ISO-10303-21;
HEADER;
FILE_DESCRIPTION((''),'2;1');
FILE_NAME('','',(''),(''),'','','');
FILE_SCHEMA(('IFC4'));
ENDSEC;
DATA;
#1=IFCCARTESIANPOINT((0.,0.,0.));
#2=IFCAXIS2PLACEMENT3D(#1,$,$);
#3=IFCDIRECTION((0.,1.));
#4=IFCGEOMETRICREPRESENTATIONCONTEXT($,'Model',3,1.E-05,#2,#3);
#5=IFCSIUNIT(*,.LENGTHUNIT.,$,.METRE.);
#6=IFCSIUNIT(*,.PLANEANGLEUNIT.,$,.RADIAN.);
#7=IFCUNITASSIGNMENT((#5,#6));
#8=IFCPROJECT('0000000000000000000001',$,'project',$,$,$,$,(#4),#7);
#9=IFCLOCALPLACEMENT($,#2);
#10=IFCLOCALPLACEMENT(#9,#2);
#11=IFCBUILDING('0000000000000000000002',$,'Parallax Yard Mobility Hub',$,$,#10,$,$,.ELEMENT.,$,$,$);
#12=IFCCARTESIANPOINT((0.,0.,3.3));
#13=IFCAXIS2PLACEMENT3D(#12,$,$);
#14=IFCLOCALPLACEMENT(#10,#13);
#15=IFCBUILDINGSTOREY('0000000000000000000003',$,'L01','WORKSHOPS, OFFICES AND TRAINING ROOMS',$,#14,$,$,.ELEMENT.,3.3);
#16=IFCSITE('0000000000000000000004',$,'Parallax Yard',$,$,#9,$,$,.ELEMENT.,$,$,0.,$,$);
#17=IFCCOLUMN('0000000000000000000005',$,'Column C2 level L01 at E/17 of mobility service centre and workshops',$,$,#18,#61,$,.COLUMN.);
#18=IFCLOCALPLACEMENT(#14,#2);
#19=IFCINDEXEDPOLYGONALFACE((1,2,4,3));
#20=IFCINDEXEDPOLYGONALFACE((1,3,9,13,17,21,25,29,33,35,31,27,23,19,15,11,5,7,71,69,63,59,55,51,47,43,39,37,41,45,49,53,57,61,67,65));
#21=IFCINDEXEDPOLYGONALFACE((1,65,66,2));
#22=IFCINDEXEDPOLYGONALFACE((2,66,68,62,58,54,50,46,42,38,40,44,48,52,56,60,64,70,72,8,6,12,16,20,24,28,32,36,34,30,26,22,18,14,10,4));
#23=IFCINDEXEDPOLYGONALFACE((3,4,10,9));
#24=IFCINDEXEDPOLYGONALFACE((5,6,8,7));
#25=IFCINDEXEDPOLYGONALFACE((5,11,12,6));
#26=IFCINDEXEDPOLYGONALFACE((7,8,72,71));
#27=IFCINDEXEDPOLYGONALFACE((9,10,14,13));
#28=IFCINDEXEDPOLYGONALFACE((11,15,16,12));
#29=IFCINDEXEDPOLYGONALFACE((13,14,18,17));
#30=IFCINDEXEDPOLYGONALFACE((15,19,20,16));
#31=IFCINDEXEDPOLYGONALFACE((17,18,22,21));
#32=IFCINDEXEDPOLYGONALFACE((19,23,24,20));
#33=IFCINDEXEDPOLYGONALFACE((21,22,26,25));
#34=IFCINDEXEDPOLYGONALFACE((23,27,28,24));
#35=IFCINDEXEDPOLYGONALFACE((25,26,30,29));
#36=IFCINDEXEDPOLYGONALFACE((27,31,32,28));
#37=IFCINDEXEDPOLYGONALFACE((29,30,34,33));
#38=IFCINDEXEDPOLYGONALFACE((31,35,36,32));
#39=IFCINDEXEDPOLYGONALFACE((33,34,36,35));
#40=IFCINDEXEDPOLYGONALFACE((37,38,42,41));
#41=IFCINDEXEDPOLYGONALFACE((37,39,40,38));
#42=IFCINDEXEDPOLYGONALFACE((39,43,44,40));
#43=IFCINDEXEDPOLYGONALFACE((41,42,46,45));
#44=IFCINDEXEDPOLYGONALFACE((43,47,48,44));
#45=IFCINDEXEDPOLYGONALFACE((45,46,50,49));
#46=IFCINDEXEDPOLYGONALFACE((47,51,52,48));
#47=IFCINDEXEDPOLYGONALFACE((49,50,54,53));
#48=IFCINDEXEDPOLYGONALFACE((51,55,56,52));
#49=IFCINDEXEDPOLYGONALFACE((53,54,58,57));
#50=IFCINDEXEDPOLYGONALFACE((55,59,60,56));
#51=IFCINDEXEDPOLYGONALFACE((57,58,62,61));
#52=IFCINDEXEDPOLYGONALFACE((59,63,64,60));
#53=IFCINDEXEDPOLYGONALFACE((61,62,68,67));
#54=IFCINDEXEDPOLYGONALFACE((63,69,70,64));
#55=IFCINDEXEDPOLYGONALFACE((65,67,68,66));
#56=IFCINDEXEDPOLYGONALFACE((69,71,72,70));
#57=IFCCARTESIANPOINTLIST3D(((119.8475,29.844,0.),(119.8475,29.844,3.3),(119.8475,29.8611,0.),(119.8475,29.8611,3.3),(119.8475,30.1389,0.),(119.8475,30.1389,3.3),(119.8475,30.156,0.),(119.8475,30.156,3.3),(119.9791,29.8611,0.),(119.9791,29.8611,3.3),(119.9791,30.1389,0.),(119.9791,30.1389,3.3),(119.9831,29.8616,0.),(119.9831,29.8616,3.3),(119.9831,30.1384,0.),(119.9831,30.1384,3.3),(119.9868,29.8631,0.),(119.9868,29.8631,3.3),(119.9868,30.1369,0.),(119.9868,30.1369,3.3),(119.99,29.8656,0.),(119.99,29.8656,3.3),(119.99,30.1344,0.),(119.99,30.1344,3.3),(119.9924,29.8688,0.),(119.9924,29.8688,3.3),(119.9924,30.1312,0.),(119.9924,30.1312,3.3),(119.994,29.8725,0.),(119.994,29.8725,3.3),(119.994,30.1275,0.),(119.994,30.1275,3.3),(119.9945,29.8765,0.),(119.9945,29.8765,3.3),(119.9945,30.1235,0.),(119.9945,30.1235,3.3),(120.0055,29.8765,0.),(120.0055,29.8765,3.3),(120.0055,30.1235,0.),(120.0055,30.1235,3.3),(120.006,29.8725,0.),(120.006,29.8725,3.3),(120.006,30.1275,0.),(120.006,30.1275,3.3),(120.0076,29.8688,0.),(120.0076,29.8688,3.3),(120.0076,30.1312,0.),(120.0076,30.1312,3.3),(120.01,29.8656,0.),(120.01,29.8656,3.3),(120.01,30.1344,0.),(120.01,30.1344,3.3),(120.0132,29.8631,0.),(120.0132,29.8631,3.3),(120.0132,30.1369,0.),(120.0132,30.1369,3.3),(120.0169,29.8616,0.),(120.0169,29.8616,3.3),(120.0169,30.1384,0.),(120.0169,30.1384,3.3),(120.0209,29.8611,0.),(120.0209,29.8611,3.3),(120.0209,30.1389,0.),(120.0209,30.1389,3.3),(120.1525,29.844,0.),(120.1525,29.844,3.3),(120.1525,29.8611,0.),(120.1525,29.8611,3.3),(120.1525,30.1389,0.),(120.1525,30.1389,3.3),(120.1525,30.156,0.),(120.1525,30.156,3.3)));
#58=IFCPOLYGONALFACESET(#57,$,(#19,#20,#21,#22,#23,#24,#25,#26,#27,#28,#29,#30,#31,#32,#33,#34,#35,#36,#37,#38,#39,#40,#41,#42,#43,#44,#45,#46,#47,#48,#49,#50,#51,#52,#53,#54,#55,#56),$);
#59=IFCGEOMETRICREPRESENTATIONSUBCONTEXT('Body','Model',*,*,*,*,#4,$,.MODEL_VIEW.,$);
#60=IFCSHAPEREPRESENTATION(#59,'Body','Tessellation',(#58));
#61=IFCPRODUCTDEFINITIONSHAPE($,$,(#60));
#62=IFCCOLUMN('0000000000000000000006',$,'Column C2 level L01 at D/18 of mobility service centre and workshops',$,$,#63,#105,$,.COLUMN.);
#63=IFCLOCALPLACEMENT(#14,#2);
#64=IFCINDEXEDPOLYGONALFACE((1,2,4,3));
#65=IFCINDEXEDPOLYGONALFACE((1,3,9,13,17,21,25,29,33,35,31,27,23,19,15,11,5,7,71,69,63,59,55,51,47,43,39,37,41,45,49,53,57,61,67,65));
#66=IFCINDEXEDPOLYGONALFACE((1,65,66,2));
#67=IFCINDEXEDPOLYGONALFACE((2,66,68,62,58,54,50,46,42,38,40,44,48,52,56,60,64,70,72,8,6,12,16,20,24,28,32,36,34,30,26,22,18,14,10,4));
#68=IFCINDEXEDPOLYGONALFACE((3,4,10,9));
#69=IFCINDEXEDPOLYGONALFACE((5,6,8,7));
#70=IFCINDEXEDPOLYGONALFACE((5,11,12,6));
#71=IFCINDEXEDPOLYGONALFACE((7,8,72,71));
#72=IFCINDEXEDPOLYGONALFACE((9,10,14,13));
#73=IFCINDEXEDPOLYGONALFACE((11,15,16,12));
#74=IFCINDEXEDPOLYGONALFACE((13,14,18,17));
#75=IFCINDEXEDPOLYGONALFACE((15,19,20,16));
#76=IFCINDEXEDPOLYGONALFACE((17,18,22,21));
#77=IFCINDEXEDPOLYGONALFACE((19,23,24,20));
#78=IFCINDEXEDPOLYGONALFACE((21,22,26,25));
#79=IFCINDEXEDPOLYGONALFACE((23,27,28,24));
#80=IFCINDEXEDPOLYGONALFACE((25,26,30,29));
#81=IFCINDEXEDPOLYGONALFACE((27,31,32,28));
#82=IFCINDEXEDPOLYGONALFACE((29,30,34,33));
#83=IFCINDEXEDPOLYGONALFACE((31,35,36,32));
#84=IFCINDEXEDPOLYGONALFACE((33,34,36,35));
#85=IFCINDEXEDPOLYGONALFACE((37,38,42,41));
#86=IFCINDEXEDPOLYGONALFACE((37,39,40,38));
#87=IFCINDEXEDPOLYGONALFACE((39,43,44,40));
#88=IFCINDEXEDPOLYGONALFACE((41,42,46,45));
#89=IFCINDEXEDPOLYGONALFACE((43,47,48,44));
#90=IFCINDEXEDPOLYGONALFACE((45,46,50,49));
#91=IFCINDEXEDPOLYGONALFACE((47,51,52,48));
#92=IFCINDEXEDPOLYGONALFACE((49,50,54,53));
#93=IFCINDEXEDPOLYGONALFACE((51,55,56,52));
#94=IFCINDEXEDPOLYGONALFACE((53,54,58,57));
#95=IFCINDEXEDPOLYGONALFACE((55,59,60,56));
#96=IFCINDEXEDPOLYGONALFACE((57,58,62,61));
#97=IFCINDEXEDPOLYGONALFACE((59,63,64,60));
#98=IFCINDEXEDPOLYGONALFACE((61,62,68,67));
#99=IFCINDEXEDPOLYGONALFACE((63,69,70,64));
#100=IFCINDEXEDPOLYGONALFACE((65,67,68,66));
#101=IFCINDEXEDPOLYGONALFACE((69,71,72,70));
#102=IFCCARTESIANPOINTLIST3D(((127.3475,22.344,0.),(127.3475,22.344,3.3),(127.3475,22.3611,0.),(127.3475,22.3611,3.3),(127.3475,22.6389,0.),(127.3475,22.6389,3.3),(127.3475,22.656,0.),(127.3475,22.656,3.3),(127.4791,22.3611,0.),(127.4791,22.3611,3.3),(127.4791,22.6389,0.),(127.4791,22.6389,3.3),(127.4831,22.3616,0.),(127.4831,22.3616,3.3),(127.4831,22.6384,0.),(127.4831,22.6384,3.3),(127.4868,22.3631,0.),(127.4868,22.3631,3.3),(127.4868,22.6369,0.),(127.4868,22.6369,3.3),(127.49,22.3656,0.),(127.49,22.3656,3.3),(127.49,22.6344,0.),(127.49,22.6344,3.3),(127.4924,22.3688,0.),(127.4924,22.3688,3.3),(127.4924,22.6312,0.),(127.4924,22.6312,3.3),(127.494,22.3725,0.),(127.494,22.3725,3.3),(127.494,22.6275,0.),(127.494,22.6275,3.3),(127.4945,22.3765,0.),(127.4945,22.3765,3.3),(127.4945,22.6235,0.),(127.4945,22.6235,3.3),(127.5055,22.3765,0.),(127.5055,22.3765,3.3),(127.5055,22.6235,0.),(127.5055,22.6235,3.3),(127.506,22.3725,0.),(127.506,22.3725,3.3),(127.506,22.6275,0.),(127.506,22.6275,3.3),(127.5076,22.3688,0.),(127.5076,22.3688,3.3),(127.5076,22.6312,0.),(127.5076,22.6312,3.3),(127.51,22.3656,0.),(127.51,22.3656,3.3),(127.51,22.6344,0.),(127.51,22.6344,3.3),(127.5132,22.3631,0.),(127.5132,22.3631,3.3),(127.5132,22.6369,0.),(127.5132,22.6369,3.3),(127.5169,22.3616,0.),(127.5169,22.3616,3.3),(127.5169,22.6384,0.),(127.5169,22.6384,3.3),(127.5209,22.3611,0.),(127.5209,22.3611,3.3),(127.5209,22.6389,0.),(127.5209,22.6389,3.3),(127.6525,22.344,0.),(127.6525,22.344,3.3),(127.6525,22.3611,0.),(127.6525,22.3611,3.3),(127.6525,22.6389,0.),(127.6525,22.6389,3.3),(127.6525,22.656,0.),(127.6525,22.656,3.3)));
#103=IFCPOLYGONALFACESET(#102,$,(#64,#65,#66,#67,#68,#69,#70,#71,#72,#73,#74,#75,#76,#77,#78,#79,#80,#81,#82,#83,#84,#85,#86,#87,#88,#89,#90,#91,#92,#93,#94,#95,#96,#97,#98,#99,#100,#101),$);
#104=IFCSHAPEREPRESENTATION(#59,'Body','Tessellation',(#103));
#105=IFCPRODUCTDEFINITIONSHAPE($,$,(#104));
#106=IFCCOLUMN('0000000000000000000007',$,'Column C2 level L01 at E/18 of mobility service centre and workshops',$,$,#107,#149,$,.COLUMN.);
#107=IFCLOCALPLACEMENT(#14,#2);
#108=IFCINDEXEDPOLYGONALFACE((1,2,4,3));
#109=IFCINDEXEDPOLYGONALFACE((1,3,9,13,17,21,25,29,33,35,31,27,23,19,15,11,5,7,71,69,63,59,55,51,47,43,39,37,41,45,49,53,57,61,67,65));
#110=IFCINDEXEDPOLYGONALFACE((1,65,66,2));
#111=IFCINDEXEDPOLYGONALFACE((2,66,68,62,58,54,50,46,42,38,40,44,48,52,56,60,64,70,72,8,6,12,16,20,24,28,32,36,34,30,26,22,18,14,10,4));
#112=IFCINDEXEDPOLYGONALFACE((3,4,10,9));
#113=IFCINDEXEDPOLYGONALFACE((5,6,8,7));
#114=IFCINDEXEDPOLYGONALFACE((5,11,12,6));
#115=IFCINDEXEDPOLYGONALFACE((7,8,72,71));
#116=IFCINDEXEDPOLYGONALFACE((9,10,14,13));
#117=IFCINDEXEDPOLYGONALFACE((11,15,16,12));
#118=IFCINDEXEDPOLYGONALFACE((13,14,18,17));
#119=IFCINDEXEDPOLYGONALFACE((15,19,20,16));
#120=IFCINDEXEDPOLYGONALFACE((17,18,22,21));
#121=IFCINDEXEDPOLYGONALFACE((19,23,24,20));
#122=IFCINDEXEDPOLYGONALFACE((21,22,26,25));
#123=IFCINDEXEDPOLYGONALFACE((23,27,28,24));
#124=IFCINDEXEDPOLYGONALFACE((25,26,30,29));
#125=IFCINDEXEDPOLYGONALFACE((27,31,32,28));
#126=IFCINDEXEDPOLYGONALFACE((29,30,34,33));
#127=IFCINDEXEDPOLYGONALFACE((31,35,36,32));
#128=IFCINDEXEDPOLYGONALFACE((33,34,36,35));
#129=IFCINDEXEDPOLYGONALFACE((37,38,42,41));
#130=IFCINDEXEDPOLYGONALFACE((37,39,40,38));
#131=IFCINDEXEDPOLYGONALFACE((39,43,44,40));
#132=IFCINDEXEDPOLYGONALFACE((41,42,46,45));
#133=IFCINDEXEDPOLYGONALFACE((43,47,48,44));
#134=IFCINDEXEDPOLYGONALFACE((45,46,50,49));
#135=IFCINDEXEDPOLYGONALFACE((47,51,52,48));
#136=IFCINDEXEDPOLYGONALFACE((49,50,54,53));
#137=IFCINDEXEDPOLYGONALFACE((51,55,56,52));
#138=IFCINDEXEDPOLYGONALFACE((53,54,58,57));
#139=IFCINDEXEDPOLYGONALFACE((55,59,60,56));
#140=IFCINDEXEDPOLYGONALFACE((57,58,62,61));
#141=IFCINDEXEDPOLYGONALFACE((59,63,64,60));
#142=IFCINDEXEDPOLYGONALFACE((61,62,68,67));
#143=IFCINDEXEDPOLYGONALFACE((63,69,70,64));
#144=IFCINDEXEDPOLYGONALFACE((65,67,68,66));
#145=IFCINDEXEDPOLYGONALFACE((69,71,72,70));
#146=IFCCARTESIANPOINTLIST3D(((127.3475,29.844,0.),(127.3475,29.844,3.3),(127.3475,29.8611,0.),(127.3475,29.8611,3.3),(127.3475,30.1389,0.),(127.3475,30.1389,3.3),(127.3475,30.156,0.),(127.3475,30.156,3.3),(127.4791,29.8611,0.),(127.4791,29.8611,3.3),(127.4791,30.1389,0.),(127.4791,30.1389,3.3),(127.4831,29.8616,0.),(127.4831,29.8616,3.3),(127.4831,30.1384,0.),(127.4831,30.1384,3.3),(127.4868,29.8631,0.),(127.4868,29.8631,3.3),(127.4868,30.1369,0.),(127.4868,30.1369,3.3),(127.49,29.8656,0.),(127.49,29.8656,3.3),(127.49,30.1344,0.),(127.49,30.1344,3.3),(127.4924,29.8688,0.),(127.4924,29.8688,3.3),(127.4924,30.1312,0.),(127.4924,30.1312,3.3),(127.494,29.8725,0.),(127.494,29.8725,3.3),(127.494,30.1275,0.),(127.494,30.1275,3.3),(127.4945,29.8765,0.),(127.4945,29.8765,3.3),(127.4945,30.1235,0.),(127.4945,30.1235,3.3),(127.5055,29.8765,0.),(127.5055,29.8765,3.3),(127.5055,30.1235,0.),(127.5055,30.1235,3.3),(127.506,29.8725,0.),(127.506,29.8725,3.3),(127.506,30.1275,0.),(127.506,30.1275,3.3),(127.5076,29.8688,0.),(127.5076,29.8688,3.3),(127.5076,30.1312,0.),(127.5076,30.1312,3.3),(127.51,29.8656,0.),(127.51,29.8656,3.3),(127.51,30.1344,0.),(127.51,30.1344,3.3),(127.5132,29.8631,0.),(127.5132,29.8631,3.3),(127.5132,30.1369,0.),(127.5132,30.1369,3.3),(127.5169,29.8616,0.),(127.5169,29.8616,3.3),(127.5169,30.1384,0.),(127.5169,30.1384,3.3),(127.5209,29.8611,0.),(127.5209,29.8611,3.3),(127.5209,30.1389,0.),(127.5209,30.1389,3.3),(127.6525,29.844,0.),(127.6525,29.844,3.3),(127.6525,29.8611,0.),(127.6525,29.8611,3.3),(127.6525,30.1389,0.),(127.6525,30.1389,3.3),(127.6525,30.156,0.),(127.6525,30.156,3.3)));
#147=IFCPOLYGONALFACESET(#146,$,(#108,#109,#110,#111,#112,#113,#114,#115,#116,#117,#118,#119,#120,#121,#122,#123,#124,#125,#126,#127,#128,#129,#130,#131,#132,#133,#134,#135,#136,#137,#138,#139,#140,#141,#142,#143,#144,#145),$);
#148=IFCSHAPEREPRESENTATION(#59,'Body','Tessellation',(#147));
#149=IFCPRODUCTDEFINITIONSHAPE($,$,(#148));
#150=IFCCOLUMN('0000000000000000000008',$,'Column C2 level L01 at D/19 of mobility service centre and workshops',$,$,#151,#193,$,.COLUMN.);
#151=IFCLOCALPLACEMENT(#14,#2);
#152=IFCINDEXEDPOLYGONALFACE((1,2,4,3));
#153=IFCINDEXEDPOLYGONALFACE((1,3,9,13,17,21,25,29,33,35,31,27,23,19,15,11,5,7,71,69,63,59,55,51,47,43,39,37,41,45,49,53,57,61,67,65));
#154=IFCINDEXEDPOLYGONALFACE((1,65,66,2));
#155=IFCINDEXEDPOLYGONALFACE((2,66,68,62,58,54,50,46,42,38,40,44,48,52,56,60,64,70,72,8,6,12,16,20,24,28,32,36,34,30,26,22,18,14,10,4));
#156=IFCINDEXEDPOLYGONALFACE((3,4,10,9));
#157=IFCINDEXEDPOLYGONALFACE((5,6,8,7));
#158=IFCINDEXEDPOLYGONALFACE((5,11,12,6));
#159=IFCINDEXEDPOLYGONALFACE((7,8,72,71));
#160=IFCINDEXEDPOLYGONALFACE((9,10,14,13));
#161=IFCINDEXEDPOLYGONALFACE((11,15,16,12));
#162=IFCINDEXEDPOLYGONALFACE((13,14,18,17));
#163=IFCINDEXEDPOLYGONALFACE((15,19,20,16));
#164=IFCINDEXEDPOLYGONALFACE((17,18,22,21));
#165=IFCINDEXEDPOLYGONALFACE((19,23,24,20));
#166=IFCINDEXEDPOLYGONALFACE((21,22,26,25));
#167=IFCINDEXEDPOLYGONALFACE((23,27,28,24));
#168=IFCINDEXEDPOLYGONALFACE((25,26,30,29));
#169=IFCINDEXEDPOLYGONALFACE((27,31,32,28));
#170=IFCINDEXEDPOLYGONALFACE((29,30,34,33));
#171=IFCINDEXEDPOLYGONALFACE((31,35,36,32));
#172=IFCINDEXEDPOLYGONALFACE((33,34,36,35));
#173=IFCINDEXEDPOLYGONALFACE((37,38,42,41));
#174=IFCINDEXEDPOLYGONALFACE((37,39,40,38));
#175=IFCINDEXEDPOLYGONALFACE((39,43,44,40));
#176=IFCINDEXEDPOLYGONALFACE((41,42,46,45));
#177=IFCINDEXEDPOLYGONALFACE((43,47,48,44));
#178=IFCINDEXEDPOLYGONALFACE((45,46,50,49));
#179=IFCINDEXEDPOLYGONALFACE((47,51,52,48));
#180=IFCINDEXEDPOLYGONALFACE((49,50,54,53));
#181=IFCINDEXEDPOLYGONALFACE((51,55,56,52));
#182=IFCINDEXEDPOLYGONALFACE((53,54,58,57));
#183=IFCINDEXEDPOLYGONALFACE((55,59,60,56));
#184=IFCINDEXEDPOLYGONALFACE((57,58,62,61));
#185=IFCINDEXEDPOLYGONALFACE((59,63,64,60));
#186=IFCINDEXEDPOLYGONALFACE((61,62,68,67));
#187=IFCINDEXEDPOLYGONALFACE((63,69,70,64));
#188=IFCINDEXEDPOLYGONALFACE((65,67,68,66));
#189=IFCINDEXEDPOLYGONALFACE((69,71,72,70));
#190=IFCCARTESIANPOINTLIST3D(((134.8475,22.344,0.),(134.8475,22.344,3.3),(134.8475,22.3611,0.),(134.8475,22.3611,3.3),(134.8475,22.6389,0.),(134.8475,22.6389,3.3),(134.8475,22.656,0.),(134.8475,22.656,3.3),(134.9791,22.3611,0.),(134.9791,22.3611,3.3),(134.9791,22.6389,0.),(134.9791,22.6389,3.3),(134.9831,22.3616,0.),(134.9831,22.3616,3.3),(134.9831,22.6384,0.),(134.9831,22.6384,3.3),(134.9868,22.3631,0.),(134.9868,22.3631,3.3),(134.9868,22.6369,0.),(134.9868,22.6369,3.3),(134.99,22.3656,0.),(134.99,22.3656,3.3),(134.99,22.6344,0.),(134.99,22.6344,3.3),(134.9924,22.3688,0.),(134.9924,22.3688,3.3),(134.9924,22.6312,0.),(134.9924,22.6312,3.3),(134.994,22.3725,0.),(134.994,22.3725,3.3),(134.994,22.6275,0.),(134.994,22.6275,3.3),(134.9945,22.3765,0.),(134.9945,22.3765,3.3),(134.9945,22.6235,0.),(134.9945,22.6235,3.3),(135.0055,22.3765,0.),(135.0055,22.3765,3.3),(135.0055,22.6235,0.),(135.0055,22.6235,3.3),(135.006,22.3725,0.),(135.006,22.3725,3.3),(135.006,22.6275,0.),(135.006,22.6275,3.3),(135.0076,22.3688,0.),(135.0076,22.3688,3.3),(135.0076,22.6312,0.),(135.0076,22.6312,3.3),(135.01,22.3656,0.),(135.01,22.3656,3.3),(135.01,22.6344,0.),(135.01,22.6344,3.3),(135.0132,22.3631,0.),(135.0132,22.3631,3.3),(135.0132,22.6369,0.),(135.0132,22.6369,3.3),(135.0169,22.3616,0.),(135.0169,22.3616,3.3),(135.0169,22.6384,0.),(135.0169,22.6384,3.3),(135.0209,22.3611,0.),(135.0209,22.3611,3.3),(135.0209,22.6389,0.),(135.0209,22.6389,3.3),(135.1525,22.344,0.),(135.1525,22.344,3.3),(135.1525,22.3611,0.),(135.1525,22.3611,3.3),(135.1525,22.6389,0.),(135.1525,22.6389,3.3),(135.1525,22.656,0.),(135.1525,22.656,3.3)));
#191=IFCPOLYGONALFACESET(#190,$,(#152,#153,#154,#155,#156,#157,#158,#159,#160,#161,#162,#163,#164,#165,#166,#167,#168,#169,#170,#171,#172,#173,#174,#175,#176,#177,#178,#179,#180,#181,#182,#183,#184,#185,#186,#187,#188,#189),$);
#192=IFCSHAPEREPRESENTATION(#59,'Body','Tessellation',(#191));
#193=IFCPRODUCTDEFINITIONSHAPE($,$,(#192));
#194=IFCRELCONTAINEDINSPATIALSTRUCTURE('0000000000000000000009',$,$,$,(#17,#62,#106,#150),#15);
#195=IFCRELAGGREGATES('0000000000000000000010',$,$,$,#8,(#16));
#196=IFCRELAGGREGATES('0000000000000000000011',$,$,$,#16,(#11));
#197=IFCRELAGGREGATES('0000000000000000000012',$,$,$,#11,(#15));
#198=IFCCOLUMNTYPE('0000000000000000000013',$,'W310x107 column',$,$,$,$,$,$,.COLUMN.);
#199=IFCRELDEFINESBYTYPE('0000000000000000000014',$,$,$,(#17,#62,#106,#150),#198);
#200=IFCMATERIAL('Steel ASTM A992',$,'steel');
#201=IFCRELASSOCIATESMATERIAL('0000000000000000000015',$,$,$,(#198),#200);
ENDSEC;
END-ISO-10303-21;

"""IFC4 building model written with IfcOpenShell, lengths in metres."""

from ifc_helpers import new_model, si_unit, direction, frame, origin, origin_2d, place, context, subcontext, project, spatial, i_section, extrude, material, material_profile, profile_set, type_object, element, save


model = new_model("IFC4")

# Units and contexts
model_context = context("Model", 3, precision=1e-05, world=origin(), true_north=direction((0.0, 1.0)))
body_context = subcontext(model_context, "Body", "Model", "MODEL_VIEW")
ifc_project = project(units=[si_unit("LENGTHUNIT", "METRE"), si_unit("PLANEANGLEUNIT", "RADIAN")], contexts=[model_context])

# Site, building, storey
site_placement = place(None, origin())
site = spatial("IfcSite", under=ifc_project, at=site_placement, Name="Parallax Yard", CompositionType="ELEMENT", RefElevation=0.0)
building_placement = place(site_placement, origin())
building = spatial("IfcBuilding", under=site, at=building_placement, Name="Parallax Yard Mobility Hub", CompositionType="ELEMENT")
storey_placement = place(building_placement, frame((0.0, 0.0, 3.3)))
storey = spatial("IfcBuildingStorey", under=building, at=storey_placement, Name="L01", Description="WORKSHOPS, OFFICES AND TRAINING ROOMS", CompositionType="ELEMENT", Elevation=3.3)

# Columns
ifc_material_1 = material(Name="Steel ASTM A992", Category="steel")
ifc_material_profile_1 = material_profile(ifc_material_1, i_section(OverallWidth=0.3049, OverallDepth=0.312, WebThickness=0.011, FlangeThickness=0.0171, FilletRadius=0.0154, at=origin_2d()), Name="W310x107")
ifc_profile_set_1 = profile_set([ifc_material_profile_1], Name="Steel ASTM A992")
column_type = type_object("IfcColumnType", Name="W310x107 column", PredefinedType="COLUMN", material=ifc_profile_set_1)
for number, where, z_axis, x_axis, name in (
    (1, (120.0, 30.0, 0.0), (0.0, 0.0, 1.0), (1.0, 0.0, 0.0), "Column C2 level L01 at E/17 of mobility service centre and workshops"),
    (2, (127.5, 22.5, 0.0), (0.0, 0.0, 1.0), (1.0, 0.0, 0.0), "Column C2 level L01 at D/18 of mobility service centre and workshops"),
    (3, (127.5, 30.0, 0.0), (0.0, 0.0, 1.0), (1.0, 0.0, 0.0), "Column C2 level L01 at E/18 of mobility service centre and workshops"),
    (4, (135.0, 22.5, 0.0), (0.0, 0.0, 1.0), (1.0, 0.0, 0.0), "Column C2 level L01 at D/19 of mobility service centre and workshops"),
):
    element("IfcColumn", number, at=place(storey_placement, frame(where, z_axis=z_axis, x_axis=x_axis)), inside=storey, type_object=column_type, Name=name, PredefinedType="COLUMN", context=body_context, shape_type="SweptSolid", body=[
        extrude(i_section(OverallWidth=0.3049, OverallDepth=0.312, WebThickness=0.011, FlangeThickness=0.0171, FilletRadius=0.0154, at=origin_2d()), origin(), (0.0, 0.0, 1.0), 3.3),
    ])

save(model, "model.ifc")
